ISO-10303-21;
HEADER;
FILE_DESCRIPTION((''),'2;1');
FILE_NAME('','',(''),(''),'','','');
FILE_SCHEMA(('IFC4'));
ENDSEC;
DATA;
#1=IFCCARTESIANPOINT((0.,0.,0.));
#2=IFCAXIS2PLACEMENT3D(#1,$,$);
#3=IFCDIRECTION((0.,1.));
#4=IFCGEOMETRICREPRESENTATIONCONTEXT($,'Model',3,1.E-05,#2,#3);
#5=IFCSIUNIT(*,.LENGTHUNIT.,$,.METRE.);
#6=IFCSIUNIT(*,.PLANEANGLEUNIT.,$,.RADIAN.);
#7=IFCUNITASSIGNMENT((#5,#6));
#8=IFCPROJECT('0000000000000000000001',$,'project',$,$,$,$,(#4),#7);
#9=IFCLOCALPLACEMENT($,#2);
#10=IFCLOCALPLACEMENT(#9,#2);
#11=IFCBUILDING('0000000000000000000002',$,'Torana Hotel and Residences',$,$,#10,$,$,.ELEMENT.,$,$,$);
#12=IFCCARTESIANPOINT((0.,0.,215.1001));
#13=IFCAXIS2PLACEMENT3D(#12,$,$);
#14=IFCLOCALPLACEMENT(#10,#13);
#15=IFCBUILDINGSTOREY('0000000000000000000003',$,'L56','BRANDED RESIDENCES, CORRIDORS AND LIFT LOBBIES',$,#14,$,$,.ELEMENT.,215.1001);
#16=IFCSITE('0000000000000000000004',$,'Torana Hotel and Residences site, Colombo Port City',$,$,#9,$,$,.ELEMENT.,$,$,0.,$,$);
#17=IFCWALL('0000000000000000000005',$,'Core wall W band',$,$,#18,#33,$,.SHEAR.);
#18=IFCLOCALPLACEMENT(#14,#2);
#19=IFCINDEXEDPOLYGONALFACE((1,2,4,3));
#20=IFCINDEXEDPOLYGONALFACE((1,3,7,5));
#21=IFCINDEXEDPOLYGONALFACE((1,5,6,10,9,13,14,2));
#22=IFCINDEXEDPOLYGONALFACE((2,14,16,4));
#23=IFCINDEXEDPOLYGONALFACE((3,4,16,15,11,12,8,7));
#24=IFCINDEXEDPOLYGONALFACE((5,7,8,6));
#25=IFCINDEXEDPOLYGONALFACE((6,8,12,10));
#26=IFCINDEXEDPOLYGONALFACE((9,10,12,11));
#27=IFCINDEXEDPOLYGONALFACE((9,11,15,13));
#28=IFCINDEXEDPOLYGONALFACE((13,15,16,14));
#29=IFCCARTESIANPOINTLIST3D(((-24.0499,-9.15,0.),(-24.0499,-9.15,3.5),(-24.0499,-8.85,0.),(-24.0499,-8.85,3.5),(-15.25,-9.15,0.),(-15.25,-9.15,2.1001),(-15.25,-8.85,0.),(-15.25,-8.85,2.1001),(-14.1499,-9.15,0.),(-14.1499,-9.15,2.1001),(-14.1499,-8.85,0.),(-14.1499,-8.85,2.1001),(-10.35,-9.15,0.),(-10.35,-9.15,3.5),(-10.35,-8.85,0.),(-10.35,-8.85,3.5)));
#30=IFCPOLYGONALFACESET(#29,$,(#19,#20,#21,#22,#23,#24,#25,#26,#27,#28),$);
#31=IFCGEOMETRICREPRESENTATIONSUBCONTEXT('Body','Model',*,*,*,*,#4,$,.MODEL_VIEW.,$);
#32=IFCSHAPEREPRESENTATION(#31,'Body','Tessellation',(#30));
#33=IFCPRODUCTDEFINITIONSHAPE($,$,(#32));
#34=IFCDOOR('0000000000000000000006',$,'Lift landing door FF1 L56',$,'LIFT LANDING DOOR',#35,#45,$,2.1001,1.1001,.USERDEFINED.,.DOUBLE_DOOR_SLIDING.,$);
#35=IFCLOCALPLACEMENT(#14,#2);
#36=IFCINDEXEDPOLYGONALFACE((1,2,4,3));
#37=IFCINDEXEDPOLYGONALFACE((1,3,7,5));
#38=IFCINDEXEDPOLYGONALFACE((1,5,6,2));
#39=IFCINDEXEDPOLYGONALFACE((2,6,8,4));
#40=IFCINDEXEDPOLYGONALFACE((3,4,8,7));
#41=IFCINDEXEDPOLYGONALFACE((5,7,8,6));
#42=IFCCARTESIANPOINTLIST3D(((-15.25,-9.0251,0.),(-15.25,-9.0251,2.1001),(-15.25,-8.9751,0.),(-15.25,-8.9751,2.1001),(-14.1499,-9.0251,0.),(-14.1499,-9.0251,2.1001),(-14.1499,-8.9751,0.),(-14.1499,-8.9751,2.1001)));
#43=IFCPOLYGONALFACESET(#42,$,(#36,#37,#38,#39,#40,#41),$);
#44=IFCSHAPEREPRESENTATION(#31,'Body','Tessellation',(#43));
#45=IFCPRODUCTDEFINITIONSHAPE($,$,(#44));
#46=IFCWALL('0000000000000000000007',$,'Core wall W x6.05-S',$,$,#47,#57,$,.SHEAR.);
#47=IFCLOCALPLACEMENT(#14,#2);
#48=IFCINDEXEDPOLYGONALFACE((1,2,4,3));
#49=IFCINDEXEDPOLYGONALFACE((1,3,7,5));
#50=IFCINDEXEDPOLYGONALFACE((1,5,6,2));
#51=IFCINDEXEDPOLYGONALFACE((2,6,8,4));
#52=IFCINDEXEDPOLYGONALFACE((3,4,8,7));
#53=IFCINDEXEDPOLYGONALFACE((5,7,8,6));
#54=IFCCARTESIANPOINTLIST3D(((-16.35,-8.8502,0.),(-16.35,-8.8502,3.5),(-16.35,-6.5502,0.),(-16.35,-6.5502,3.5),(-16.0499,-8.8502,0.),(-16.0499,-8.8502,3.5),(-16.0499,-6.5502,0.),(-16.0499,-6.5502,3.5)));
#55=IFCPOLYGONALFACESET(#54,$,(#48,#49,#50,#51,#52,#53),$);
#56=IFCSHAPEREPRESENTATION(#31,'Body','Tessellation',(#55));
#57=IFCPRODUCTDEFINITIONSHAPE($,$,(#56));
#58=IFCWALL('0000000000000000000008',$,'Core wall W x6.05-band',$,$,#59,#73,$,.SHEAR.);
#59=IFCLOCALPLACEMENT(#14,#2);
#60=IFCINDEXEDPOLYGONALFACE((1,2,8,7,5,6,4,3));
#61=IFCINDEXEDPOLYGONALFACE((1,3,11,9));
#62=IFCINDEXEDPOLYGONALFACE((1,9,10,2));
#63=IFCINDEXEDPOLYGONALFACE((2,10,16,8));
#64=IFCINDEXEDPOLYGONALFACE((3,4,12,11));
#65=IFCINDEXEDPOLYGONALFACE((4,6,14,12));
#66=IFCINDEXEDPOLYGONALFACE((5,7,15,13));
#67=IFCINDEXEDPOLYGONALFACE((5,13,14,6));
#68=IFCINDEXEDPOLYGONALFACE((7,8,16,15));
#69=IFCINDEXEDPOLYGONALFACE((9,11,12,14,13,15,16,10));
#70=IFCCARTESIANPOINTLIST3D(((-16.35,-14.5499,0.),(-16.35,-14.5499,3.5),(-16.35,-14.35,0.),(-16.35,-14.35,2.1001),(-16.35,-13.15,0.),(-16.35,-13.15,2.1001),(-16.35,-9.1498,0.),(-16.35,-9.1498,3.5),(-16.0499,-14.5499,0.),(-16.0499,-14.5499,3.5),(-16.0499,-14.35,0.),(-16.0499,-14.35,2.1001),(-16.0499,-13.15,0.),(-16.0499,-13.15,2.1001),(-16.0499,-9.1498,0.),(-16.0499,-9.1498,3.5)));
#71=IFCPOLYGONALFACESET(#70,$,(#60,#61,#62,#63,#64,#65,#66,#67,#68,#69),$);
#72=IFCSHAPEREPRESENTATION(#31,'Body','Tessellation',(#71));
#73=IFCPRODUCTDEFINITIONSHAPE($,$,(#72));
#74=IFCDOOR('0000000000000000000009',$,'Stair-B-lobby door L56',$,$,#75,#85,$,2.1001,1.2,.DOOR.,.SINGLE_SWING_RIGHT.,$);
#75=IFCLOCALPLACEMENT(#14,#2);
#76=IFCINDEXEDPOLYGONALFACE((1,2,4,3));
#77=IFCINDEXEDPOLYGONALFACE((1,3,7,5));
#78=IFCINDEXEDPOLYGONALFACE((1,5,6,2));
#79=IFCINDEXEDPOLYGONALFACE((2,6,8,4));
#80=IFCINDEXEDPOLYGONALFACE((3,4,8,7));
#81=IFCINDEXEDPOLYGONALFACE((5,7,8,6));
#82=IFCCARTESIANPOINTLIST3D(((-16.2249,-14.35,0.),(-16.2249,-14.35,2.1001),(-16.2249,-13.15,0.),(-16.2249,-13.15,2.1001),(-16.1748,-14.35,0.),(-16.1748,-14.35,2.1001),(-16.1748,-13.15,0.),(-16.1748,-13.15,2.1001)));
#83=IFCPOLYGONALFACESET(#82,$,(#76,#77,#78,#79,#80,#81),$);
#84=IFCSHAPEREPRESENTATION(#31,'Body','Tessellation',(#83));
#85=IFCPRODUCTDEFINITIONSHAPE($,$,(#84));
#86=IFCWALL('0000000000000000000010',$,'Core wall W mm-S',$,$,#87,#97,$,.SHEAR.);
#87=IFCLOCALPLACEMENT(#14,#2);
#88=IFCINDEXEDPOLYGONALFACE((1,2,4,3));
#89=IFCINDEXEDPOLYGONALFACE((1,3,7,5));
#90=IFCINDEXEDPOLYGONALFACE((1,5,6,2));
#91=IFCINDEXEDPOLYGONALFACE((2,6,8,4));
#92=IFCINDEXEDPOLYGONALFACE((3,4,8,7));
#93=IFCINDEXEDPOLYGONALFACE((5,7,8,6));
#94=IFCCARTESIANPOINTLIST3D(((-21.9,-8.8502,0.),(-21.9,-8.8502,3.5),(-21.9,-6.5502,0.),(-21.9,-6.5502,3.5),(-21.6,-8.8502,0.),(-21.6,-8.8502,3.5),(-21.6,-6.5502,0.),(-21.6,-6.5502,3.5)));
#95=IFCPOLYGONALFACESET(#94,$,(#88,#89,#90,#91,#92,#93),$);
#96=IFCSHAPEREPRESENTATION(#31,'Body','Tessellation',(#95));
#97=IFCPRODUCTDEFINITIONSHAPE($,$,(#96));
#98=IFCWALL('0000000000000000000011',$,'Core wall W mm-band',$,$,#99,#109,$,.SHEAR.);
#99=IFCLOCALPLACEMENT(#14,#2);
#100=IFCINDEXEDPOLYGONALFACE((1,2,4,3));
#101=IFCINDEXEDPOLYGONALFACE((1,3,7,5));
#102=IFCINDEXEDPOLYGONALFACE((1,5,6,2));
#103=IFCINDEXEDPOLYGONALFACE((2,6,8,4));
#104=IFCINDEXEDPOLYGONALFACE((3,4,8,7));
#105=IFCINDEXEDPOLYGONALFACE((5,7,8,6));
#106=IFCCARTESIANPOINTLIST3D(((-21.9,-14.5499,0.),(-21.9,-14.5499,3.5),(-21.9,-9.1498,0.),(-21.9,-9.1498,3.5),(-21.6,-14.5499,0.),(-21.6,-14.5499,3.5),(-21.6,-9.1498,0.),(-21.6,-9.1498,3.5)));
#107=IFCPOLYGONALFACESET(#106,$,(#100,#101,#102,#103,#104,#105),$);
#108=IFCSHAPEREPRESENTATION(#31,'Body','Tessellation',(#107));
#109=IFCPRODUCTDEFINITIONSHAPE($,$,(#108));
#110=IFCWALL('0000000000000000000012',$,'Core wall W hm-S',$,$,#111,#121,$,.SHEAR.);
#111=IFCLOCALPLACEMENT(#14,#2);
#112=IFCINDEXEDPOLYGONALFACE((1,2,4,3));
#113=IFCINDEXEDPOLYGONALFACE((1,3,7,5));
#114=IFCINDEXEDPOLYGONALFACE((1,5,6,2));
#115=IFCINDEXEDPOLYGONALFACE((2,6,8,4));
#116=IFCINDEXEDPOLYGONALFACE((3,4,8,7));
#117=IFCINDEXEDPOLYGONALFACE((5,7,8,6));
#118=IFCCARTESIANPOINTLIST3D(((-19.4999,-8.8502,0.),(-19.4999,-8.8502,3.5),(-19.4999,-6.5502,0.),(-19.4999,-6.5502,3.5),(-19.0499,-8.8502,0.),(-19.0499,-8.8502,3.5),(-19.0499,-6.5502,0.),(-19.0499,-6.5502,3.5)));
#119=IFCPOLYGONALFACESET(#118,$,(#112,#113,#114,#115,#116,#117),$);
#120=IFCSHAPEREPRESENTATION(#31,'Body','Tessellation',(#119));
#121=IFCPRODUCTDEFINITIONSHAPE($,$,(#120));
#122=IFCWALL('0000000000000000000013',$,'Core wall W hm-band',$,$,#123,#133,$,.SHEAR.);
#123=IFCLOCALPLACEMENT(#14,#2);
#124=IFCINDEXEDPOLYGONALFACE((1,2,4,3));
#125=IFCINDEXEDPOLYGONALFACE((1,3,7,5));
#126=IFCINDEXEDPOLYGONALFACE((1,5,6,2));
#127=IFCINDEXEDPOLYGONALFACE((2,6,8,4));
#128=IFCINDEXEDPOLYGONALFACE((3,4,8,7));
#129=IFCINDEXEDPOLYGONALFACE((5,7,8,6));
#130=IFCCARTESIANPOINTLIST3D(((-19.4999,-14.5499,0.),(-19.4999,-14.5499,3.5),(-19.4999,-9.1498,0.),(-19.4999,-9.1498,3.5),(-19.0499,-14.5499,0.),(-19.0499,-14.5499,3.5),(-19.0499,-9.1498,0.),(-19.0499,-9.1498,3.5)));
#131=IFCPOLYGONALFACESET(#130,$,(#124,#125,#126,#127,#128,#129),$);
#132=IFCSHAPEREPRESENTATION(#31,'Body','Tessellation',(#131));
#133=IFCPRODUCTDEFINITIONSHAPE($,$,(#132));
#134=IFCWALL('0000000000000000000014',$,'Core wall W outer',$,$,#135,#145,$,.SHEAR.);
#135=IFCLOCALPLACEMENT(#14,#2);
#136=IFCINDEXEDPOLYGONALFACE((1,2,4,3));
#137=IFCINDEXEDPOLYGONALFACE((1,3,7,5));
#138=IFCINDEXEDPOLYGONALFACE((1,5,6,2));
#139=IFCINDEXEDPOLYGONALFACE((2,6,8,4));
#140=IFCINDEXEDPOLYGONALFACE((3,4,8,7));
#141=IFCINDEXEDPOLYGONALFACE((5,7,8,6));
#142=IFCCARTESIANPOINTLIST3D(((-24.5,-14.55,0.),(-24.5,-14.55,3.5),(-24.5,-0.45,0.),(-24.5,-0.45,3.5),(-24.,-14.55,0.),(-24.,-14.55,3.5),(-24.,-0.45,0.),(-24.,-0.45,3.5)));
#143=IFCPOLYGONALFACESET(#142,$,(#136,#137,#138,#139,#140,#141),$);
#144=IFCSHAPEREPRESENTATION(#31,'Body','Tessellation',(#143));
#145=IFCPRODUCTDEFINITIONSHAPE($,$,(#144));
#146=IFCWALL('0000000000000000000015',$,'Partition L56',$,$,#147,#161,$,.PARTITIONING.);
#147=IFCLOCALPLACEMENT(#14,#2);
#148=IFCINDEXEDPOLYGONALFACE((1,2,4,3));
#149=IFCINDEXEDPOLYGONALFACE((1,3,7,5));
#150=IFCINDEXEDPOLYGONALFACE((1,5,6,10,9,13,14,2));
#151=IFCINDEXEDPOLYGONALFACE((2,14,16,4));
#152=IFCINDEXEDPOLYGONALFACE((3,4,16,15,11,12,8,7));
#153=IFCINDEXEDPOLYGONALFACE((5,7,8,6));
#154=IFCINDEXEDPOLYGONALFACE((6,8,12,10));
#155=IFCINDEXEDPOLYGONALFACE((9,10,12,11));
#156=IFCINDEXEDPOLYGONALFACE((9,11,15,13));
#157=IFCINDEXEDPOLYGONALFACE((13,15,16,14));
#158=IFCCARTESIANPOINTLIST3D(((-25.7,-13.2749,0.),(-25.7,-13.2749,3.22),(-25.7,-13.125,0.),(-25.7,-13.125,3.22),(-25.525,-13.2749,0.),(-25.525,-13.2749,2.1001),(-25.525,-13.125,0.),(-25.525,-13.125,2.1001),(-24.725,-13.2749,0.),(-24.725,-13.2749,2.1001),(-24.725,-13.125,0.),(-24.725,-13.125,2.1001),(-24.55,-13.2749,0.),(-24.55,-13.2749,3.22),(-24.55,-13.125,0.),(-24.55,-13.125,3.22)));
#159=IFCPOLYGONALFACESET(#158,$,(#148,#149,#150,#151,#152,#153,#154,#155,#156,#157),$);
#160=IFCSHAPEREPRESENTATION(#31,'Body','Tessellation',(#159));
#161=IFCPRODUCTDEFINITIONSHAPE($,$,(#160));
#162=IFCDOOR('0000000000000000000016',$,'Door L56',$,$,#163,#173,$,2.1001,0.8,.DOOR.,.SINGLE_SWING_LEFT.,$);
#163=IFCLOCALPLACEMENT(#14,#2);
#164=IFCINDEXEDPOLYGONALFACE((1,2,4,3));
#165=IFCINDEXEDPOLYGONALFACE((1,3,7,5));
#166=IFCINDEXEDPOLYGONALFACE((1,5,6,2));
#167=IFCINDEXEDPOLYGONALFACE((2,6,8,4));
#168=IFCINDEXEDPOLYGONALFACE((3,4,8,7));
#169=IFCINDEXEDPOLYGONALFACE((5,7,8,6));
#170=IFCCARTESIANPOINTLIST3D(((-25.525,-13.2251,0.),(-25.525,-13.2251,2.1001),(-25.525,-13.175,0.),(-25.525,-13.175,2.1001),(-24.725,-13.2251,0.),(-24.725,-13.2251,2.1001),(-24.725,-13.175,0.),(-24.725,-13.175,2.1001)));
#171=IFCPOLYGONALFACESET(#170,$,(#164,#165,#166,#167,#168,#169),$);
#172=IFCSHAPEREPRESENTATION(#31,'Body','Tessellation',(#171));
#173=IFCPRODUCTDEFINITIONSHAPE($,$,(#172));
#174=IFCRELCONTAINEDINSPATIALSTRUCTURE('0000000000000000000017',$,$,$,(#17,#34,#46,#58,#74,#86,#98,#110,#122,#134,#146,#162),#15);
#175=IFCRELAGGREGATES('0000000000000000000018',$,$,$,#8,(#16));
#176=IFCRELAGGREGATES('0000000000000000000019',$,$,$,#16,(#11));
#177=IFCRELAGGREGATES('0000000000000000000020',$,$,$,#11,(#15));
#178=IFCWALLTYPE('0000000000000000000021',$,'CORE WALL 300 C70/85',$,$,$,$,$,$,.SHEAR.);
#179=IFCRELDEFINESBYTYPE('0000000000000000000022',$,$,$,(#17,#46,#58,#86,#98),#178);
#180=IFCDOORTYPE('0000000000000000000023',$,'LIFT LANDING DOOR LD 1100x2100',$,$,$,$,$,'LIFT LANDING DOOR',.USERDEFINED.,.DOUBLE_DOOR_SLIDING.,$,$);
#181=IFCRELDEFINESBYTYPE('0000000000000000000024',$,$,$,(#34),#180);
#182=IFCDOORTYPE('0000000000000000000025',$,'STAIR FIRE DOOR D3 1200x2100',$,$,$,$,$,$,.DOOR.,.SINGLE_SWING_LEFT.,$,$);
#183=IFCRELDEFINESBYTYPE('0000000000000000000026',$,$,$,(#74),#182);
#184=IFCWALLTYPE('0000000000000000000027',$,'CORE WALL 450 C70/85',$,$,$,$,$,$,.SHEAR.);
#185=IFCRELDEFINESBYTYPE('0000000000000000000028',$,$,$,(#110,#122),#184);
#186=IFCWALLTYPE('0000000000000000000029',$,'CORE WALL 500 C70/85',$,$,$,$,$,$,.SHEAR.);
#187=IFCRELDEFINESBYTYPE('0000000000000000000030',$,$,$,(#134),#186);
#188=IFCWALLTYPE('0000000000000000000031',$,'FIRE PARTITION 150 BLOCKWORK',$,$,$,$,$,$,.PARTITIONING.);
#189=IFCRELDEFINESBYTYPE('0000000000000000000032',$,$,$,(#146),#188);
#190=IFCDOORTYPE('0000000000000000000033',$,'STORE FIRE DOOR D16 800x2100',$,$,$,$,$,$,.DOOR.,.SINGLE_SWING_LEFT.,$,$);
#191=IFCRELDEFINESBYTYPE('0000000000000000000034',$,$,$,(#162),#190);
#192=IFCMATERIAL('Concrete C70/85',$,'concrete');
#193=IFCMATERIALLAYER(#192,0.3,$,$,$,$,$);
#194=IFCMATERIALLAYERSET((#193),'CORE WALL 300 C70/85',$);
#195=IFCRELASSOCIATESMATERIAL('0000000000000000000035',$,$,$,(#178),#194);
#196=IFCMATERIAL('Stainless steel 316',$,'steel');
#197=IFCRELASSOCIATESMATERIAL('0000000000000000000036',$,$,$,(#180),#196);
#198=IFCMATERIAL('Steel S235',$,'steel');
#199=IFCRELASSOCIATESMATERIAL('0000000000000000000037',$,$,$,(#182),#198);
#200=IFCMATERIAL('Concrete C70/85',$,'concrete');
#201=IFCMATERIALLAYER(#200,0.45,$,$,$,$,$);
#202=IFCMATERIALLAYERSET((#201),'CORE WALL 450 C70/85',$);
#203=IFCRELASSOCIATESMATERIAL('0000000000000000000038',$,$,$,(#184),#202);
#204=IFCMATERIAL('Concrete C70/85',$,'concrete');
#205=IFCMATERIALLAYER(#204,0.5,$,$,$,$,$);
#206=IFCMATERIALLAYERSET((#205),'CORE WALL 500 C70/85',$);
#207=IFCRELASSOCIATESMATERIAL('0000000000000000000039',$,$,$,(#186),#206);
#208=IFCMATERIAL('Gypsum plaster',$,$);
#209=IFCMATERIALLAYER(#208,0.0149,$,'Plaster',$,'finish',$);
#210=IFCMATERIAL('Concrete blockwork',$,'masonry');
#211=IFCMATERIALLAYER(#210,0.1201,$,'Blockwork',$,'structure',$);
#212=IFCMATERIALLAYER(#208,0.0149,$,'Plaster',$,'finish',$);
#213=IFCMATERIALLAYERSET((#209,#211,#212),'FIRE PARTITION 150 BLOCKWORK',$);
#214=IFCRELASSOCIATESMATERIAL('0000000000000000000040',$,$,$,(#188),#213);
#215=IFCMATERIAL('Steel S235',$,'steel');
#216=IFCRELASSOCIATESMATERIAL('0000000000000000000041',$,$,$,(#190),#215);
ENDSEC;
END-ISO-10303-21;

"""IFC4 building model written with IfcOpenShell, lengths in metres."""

from ifc_helpers import new_model, si_unit, direction, frame, frame_2d, origin, place, context, subcontext, project, spatial, rectangle, extrude, material, layer, layer_set, type_object, element, fill, save


model = new_model("IFC4")

# Units and contexts
model_context = context("Model", 3, precision=1e-05, world=origin(), true_north=direction((0.0, 1.0)))
body_context = subcontext(model_context, "Body", "Model", "MODEL_VIEW")
ifc_project = project(units=[si_unit("LENGTHUNIT", "METRE"), si_unit("PLANEANGLEUNIT", "RADIAN")], contexts=[model_context])

# Site, building, storey
site_placement = place(None, origin())
site = spatial("IfcSite", under=ifc_project, at=site_placement, Name="Torana Hotel and Residences site, Colombo Port City", CompositionType="ELEMENT", RefElevation=0.0)
building_placement = place(site_placement, origin())
building = spatial("IfcBuilding", under=site, at=building_placement, Name="Torana Hotel and Residences", CompositionType="ELEMENT")
storey_placement = place(building_placement, frame((0.0, 0.0, 215.1001)))
storey = spatial("IfcBuildingStorey", under=building, at=storey_placement, Name="L56", Description="BRANDED RESIDENCES, CORRIDORS AND LIFT LOBBIES", CompositionType="ELEMENT", Elevation=215.1001)

# Wall, opening, door
ifc_material_1 = material(Name="Concrete C70/85", Category="concrete")
ifc_layer_1 = layer(ifc_material_1, 0.3)
ifc_layer_set_1 = layer_set([ifc_layer_1], Name="CORE WALL 300 C70/85")
wall_type_1 = type_object("IfcWallType", Name="CORE WALL 300 C70/85", PredefinedType="SHEAR", material=ifc_layer_set_1)
wall_1_placement = place(storey_placement, frame((-24.05, -9.0, 0.0), z_axis=(0.0, 0.0, 1.0), x_axis=(1.0, 0.0, 0.0)))
wall_1 = element("IfcWall", 1, at=wall_1_placement, inside=storey, type_object=wall_type_1, Name="Core wall W band", PredefinedType="SHEAR", context=body_context, shape_type="SweptSolid", body=[
    extrude(rectangle(XDim=13.7, YDim=0.3, at=frame_2d((6.8501, 0.0))), origin(), (0.0, 0.0, 1.0), 3.5),
])
opening_1_placement = place(wall_1_placement, frame((8.8, 0.0, 0.0)))
opening_1 = element("IfcOpeningElement", 2, at=opening_1_placement, cuts=wall_1, PredefinedType="OPENING", context=body_context, shape_type="SweptSolid", body=[
    extrude(rectangle(XDim=1.1001, YDim=2.1001, at=frame_2d((0.55, 1.05))), frame((0.0, 0.1599, 0.0), z_axis=(0.0, -1.0, 0.0), x_axis=(1.0, 0.0, 0.0)), (0.0, 0.0, 1.0), 0.3201),
])
ifc_material_2 = material(Name="Stainless steel 316", Category="steel")
door_type_1 = type_object("IfcDoorType", Name="LIFT LANDING DOOR LD 1100x2100", ElementType="LIFT LANDING DOOR", OperationType="DOUBLE_DOOR_SLIDING", PredefinedType="USERDEFINED", material=ifc_material_2)
door_1_placement = place(opening_1_placement, origin())
door_1 = element("IfcDoor", 3, at=door_1_placement, inside=storey, type_object=door_type_1, Name="Lift landing door FF1 L56", ObjectType="LIFT LANDING DOOR", OperationType="DOUBLE_DOOR_SLIDING", OverallHeight=2.1001, OverallWidth=1.1001, PredefinedType="USERDEFINED", context=body_context, shape_type="SweptSolid", body=[
    extrude(rectangle(XDim=1.1001, YDim=2.1001, at=frame_2d((0.55, 1.05))), frame((0.0, 0.0249, 0.0), z_axis=(0.0, -1.0, 0.0), x_axis=(1.0, 0.0, 0.0)), (0.0, 0.0, 1.0), 0.05),
])
fill(opening_1, door_1)

# Wall
wall_2_placement = place(storey_placement, frame((-16.2, -8.8501, 0.0), z_axis=(0.0, 0.0, 1.0), x_axis=(0.0, 1.0, 0.0)))
element("IfcWall", 4, at=wall_2_placement, inside=storey, type_object=wall_type_1, Name="Core wall W x6.05-S", PredefinedType="SHEAR", context=body_context, shape_type="SweptSolid", body=[
    extrude(rectangle(XDim=2.3, YDim=0.3, at=frame_2d((1.1499, 0.0))), origin(), (0.0, 0.0, 1.0), 3.5),
])

# Wall, opening, door
wall_3_placement = place(storey_placement, frame((-16.2, -14.55, 0.0), z_axis=(0.0, 0.0, 1.0), x_axis=(0.0, 1.0, 0.0)))
wall_3 = element("IfcWall", 5, at=wall_3_placement, inside=storey, type_object=wall_type_1, Name="Core wall W x6.05-band", PredefinedType="SHEAR", context=body_context, shape_type="SweptSolid", body=[
    extrude(rectangle(XDim=5.4001, YDim=0.3, at=frame_2d((2.7002, 0.0))), origin(), (0.0, 0.0, 1.0), 3.5),
])
opening_2_placement = place(wall_3_placement, frame((0.2, 0.0, 0.0)))
opening_2 = element("IfcOpeningElement", 6, at=opening_2_placement, cuts=wall_3, PredefinedType="OPENING", context=body_context, shape_type="SweptSolid", body=[
    extrude(rectangle(XDim=1.2, YDim=2.1001, at=frame_2d((0.6001, 1.05))), frame((0.0, 0.1599, 0.0), z_axis=(0.0, -1.0, 0.0), x_axis=(1.0, 0.0, 0.0)), (0.0, 0.0, 1.0), 0.3201),
])
ifc_material_3 = material(Name="Steel S235", Category="steel")
door_type_2 = type_object("IfcDoorType", Name="STAIR FIRE DOOR D3 1200x2100", OperationType="SINGLE_SWING_LEFT", PredefinedType="DOOR", material=ifc_material_3)
door_2_placement = place(opening_2_placement, origin())
door_2 = element("IfcDoor", 7, at=door_2_placement, inside=storey, type_object=door_type_2, Name="Stair-B-lobby door L56", OperationType="SINGLE_SWING_RIGHT", OverallHeight=2.1001, OverallWidth=1.2, PredefinedType="DOOR", context=body_context, shape_type="SweptSolid", body=[
    extrude(rectangle(XDim=1.2, YDim=2.1001, at=frame_2d((0.6001, 1.05))), frame((0.0, 0.0249, 0.0), z_axis=(0.0, -1.0, 0.0), x_axis=(1.0, 0.0, 0.0)), (0.0, 0.0, 1.0), 0.05),
])
fill(opening_2, door_2)

# Walls
wall_4_placement = place(storey_placement, frame((-21.75, -8.8501, 0.0), z_axis=(0.0, 0.0, 1.0), x_axis=(0.0, 1.0, 0.0)))
element("IfcWall", 8, at=wall_4_placement, inside=storey, type_object=wall_type_1, Name="Core wall W mm-S", PredefinedType="SHEAR", context=body_context, shape_type="SweptSolid", body=[
    extrude(rectangle(XDim=2.3, YDim=0.3, at=frame_2d((1.1499, 0.0))), origin(), (0.0, 0.0, 1.0), 3.5),
])
wall_5_placement = place(storey_placement, frame((-21.75, -14.55, 0.0), z_axis=(0.0, 0.0, 1.0), x_axis=(0.0, 1.0, 0.0)))
element("IfcWall", 9, at=wall_5_placement, inside=storey, type_object=wall_type_1, Name="Core wall W mm-band", PredefinedType="SHEAR", context=body_context, shape_type="SweptSolid", body=[
    extrude(rectangle(XDim=5.4001, YDim=0.3, at=frame_2d((2.7002, 0.0))), origin(), (0.0, 0.0, 1.0), 3.5),
])
ifc_material_4 = material(Name="Concrete C70/85", Category="concrete")
ifc_layer_2 = layer(ifc_material_4, 0.45)
ifc_layer_set_2 = layer_set([ifc_layer_2], Name="CORE WALL 450 C70/85")
wall_type_2 = type_object("IfcWallType", Name="CORE WALL 450 C70/85", PredefinedType="SHEAR", material=ifc_layer_set_2)
wall_6_placement = place(storey_placement, frame((-19.2749, -8.8501, 0.0), z_axis=(0.0, 0.0, 1.0), x_axis=(0.0, 1.0, 0.0)))
element("IfcWall", 10, at=wall_6_placement, inside=storey, type_object=wall_type_2, Name="Core wall W hm-S", PredefinedType="SHEAR", context=body_context, shape_type="SweptSolid", body=[
    extrude(rectangle(XDim=2.3, YDim=0.45, at=frame_2d((1.1499, 0.0))), origin(), (0.0, 0.0, 1.0), 3.5),
])
wall_7_placement = place(storey_placement, frame((-19.2749, -14.55, 0.0), z_axis=(0.0, 0.0, 1.0), x_axis=(0.0, 1.0, 0.0)))
element("IfcWall", 11, at=wall_7_placement, inside=storey, type_object=wall_type_2, Name="Core wall W hm-band", PredefinedType="SHEAR", context=body_context, shape_type="SweptSolid", body=[
    extrude(rectangle(XDim=5.4001, YDim=0.45, at=frame_2d((2.7002, 0.0))), origin(), (0.0, 0.0, 1.0), 3.5),
])
ifc_material_5 = material(Name="Concrete C70/85", Category="concrete")
ifc_layer_3 = layer(ifc_material_5, 0.5)
ifc_layer_set_3 = layer_set([ifc_layer_3], Name="CORE WALL 500 C70/85")
wall_type_3 = type_object("IfcWallType", Name="CORE WALL 500 C70/85", PredefinedType="SHEAR", material=ifc_layer_set_3)
wall_8_placement = place(storey_placement, frame((-24.25, -14.55, 0.0), z_axis=(0.0, 0.0, 1.0), x_axis=(0.0, 1.0, 0.0)))
element("IfcWall", 12, at=wall_8_placement, inside=storey, type_object=wall_type_3, Name="Core wall W outer", PredefinedType="SHEAR", context=body_context, shape_type="SweptSolid", body=[
    extrude(rectangle(XDim=14.1001, YDim=0.5, at=frame_2d((7.05, 0.0))), origin(), (0.0, 0.0, 1.0), 3.5),
])

# Wall, opening, door
ifc_material_6 = material(Name="Gypsum plaster")
ifc_layer_4 = layer(ifc_material_6, 0.0149, Name="Plaster", Category="finish")
ifc_material_7 = material(Name="Concrete blockwork", Category="masonry")
ifc_layer_5 = layer(ifc_material_7, 0.1201, Name="Blockwork", Category="structure")
ifc_layer_6 = layer(ifc_material_6, 0.0149, Name="Plaster", Category="finish")
ifc_layer_set_4 = layer_set([ifc_layer_4, ifc_layer_5, ifc_layer_6], Name="FIRE PARTITION 150 BLOCKWORK")
wall_type_4 = type_object("IfcWallType", Name="FIRE PARTITION 150 BLOCKWORK", PredefinedType="PARTITIONING", material=ifc_layer_set_4)
wall_9_placement = place(storey_placement, frame((-25.7, -13.2, 0.0), z_axis=(0.0, 0.0, 1.0), x_axis=(1.0, 0.0, 0.0)))
wall_9 = element("IfcWall", 13, at=wall_9_placement, inside=storey, type_object=wall_type_4, Name="Partition L56", PredefinedType="PARTITIONING", context=body_context, shape_type="SweptSolid", body=[
    extrude(rectangle(XDim=1.1499, YDim=0.1499, at=frame_2d((0.575, 0.0))), origin(), (0.0, 0.0, 1.0), 3.22),
])
opening_3_placement = place(wall_9_placement, frame((0.175, 0.0, 0.0)))
opening_3 = element("IfcOpeningElement", 14, at=opening_3_placement, cuts=wall_9, PredefinedType="OPENING", context=body_context, shape_type="SweptSolid", body=[
    extrude(rectangle(XDim=0.8, YDim=2.1001, at=frame_2d((0.3999, 1.05))), frame((0.0, 0.085, 0.0), z_axis=(0.0, -1.0, 0.0), x_axis=(1.0, 0.0, 0.0)), (0.0, 0.0, 1.0), 0.1699),
])
ifc_material_8 = material(Name="Steel S235", Category="steel")
door_type_3 = type_object("IfcDoorType", Name="STORE FIRE DOOR D16 800x2100", OperationType="SINGLE_SWING_LEFT", PredefinedType="DOOR", material=ifc_material_8)
door_3_placement = place(opening_3_placement, origin())
door_3 = element("IfcDoor", 15, at=door_3_placement, inside=storey, type_object=door_type_3, Name="Door L56", OperationType="SINGLE_SWING_LEFT", OverallHeight=2.1001, OverallWidth=0.8, PredefinedType="DOOR", context=body_context, shape_type="SweptSolid", body=[
    extrude(rectangle(XDim=0.8, YDim=2.1001, at=frame_2d((0.3999, 1.05))), frame((0.0, 0.0249, 0.0), z_axis=(0.0, -1.0, 0.0), x_axis=(1.0, 0.0, 0.0)), (0.0, 0.0, 1.0), 0.05),
])
fill(opening_3, door_3)

save(model, "model.ifc")
